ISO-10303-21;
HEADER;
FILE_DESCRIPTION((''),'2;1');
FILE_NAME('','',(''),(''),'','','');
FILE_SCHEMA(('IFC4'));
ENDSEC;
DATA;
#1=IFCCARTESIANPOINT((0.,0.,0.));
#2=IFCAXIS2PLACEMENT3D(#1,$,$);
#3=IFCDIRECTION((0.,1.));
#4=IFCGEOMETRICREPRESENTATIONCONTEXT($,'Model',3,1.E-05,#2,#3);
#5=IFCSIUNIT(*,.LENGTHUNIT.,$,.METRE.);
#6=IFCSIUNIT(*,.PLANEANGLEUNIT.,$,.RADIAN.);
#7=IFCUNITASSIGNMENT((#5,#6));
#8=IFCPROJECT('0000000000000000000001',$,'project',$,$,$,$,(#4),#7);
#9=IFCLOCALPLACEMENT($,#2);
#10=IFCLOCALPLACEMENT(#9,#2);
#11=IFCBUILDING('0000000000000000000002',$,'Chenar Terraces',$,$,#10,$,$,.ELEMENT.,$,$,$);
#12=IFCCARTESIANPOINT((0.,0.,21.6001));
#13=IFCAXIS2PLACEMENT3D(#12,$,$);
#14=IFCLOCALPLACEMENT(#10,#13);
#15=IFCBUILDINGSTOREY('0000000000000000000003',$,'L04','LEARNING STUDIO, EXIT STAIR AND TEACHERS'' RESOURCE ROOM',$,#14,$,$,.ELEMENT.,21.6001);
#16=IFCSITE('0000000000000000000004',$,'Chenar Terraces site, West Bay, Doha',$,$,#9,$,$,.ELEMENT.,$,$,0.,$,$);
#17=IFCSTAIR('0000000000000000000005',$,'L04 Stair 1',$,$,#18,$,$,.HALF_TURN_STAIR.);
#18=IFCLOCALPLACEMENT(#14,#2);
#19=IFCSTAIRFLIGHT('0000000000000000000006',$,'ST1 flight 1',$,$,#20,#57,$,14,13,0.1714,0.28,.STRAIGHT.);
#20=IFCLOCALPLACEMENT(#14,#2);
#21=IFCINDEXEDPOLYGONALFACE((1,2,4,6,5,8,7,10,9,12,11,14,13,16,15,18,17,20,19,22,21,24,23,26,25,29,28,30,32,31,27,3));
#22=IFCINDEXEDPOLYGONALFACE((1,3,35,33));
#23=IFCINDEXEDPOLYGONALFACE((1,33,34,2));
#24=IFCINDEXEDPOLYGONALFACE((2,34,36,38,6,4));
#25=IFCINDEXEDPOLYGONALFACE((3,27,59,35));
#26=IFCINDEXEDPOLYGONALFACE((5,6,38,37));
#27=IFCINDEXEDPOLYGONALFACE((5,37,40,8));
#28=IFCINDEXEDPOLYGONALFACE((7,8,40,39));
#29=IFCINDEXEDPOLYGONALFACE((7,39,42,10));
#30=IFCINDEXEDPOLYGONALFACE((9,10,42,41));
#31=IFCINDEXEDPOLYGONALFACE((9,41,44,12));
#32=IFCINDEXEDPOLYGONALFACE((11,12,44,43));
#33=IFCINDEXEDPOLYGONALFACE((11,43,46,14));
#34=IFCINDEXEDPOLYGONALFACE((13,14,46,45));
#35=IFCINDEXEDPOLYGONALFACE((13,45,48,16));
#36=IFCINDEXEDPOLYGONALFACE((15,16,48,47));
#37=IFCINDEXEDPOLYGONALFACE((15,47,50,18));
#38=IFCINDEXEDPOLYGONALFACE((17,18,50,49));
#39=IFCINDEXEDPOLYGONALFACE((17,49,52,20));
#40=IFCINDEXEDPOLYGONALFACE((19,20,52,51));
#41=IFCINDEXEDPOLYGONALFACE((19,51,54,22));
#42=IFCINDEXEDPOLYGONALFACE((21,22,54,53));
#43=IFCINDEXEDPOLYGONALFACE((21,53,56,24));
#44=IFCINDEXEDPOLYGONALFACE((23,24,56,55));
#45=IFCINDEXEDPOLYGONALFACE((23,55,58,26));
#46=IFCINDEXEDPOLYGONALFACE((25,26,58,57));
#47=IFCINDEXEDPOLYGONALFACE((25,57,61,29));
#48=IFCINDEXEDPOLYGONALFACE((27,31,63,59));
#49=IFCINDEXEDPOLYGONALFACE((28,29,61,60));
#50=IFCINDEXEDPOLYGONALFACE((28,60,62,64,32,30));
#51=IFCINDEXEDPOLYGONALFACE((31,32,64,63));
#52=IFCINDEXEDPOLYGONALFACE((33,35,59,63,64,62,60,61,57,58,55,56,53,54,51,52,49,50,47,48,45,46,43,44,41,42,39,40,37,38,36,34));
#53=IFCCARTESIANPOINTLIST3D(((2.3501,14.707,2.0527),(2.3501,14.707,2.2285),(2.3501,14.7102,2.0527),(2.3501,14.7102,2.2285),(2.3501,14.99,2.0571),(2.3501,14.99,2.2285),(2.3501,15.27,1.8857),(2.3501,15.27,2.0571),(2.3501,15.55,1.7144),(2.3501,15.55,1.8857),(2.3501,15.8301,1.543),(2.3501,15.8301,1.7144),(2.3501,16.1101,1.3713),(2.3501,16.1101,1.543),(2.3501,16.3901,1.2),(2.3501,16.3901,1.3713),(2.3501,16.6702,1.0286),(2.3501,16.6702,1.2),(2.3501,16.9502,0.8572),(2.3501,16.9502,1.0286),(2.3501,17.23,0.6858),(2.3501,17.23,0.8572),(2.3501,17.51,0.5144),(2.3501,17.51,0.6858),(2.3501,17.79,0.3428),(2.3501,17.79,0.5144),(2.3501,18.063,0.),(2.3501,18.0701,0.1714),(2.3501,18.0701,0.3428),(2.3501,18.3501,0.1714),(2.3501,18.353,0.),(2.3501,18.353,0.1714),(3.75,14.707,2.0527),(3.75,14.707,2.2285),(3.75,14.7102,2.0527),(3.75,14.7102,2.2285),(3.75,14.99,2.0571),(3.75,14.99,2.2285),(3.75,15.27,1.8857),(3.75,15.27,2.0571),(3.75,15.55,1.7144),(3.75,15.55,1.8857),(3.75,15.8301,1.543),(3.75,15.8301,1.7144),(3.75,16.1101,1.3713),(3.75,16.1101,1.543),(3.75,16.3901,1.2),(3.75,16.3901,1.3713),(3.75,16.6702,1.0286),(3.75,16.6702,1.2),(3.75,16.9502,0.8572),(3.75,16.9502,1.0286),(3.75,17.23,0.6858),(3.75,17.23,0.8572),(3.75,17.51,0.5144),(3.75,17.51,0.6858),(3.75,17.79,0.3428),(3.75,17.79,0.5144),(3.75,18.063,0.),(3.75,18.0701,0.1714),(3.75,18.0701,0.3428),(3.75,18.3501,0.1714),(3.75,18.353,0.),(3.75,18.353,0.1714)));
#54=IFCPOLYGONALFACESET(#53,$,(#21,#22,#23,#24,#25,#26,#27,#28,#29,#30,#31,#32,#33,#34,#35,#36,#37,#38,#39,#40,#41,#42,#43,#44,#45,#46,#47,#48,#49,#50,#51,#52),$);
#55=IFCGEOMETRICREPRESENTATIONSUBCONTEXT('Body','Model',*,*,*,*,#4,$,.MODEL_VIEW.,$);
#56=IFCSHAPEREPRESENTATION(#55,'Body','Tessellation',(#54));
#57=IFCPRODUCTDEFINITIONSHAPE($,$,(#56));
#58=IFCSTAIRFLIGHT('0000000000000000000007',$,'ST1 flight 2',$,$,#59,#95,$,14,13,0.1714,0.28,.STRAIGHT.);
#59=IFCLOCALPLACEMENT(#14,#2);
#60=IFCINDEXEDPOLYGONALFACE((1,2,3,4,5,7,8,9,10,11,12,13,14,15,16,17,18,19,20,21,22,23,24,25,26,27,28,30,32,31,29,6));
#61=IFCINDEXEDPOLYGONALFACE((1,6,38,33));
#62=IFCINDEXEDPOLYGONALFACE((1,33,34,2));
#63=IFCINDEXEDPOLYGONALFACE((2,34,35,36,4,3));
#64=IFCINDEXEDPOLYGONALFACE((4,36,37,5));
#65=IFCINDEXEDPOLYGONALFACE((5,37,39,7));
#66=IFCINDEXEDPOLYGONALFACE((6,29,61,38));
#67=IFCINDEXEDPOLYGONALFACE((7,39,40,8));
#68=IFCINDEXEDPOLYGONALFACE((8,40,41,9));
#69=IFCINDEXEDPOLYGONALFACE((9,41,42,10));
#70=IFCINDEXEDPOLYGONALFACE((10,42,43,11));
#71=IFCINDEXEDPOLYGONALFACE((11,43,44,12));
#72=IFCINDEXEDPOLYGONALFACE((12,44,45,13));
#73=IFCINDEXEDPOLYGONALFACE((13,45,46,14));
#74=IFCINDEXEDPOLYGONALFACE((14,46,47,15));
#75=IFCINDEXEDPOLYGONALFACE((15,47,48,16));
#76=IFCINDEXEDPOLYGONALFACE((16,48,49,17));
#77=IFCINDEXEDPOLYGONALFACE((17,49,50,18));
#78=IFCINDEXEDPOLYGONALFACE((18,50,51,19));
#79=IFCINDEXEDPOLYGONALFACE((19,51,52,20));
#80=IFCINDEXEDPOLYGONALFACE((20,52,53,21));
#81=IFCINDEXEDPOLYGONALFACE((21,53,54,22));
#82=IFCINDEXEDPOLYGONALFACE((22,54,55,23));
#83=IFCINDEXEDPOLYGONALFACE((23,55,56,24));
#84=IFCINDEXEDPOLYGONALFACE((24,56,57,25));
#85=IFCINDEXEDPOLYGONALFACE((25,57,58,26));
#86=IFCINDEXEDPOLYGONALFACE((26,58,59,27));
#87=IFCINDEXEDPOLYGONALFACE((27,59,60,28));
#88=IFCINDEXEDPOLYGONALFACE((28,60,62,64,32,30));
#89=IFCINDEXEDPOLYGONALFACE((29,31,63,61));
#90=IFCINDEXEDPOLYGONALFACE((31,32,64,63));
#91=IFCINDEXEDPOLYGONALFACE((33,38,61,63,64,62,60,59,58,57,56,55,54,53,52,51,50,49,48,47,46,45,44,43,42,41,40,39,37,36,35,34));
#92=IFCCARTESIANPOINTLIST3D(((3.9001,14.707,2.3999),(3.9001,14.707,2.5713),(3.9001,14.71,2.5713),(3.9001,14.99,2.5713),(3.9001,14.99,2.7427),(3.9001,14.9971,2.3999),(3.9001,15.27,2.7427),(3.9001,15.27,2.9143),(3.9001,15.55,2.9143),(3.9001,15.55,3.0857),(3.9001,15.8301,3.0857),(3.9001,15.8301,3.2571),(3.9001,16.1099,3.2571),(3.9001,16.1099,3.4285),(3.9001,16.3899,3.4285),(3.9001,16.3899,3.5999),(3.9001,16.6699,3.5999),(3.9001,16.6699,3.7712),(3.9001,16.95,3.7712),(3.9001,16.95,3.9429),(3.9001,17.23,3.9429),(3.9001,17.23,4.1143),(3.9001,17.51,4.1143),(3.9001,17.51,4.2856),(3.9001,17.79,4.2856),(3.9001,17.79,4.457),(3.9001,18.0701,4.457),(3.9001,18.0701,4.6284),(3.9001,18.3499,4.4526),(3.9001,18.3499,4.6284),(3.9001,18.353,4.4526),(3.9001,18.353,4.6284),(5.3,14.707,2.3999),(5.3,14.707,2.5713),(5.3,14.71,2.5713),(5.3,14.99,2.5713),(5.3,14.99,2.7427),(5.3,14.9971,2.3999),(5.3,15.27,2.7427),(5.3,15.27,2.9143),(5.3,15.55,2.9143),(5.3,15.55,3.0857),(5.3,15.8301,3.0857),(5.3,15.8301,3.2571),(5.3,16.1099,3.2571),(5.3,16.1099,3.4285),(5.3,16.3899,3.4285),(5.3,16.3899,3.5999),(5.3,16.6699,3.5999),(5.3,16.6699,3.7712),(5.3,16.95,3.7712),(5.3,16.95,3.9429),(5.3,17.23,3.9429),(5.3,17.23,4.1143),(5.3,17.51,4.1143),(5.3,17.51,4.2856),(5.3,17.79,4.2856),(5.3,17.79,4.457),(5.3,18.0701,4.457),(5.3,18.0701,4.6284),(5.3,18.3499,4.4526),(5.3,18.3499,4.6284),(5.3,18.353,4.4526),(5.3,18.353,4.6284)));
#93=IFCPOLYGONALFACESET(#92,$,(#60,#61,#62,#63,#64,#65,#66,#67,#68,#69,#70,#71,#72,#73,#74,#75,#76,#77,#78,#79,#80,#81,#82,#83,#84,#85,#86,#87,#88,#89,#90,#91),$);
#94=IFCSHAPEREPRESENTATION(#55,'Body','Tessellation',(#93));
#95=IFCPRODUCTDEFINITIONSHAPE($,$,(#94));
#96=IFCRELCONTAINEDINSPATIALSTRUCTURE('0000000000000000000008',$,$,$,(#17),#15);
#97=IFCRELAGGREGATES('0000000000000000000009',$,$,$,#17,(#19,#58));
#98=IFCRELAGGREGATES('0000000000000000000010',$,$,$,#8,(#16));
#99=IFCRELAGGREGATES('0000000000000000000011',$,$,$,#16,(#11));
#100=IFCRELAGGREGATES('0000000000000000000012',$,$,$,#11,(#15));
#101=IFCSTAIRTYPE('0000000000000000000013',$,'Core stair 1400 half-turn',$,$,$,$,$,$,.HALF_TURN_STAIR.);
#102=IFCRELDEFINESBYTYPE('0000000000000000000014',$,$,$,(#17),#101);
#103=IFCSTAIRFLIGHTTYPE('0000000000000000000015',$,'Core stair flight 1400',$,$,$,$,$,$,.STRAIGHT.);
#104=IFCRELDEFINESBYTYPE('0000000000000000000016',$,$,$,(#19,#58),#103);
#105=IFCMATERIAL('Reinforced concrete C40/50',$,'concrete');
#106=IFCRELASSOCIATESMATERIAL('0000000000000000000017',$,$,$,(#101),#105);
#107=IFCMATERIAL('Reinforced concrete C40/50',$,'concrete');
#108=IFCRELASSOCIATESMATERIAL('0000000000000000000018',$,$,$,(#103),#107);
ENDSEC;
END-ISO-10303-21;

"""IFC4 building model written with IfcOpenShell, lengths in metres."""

from ifc_helpers import new_model, si_unit, direction, frame, origin, place, context, subcontext, project, spatial, polyline, outline, extrude, material, type_object, element, aggregate, save


model = new_model("IFC4")

# Units and contexts
model_context = context("Model", 3, precision=1e-05, world=origin(), true_north=direction((0.0, 1.0)))
body_context = subcontext(model_context, "Body", "Model", "MODEL_VIEW")
ifc_project = project(units=[si_unit("LENGTHUNIT", "METRE"), si_unit("PLANEANGLEUNIT", "RADIAN")], contexts=[model_context])

# Site, building, storey
site_placement = place(None, origin())
site = spatial("IfcSite", under=ifc_project, at=site_placement, Name="Chenar Terraces site, West Bay, Doha", CompositionType="ELEMENT", RefElevation=0.0)
building_placement = place(site_placement, origin())
building = spatial("IfcBuilding", under=site, at=building_placement, Name="Chenar Terraces", CompositionType="ELEMENT")
storey_placement = place(building_placement, frame((0.0, 0.0, 21.6001)))
storey = spatial("IfcBuildingStorey", under=building, at=storey_placement, Name="L04", Description="LEARNING STUDIO, EXIT STAIR AND TEACHERS' RESOURCE ROOM", CompositionType="ELEMENT", Elevation=21.6001)

# Stair, stair flights
ifc_material_1 = material(Name="Reinforced concrete C40/50", Category="concrete")
stair_type = type_object("IfcStairType", Name="Core stair 1400 half-turn", PredefinedType="HALF_TURN_STAIR", material=ifc_material_1)
stair_placement = place(storey_placement, origin())
stair = element("IfcStair", 1, at=stair_placement, inside=storey, type_object=stair_type, Name="L04 Stair 1", PredefinedType="HALF_TURN_STAIR")
ifc_material_2 = material(Name="Reinforced concrete C40/50", Category="concrete")
stair_flight_type = type_object("IfcStairFlightType", Name="Core stair flight 1400", PredefinedType="STRAIGHT", material=ifc_material_2)
stair_flight_1_placement = place(storey_placement, frame((3.05, 18.3501, 0.0), z_axis=(0.0, 0.0, 1.0), x_axis=(0.0, -1.0, 0.0)))
stair_flight_1 = element("IfcStairFlight", 2, at=stair_flight_1_placement, type_object=stair_flight_type, Name="ST1 flight 1", NumberOfRisers=14, NumberOfTreads=13, PredefinedType="STRAIGHT", RiserHeight=0.1714, TreadLength=0.28, context=body_context, shape_type="SweptSolid", body=[
    extrude(outline(polyline([(-0.0029, 0.0), (-0.0029, 0.1714), (0.0, 0.1714), (0.28, 0.1714), (0.28, 0.3428), (0.5601, 0.3428), (0.5601, 0.5144), (0.8401, 0.5144), (0.8401, 0.6858), (1.1201, 0.6858), (1.1201, 0.8572), (1.3999, 0.8572), (1.3999, 1.0286), (1.6799, 1.0286), (1.6799, 1.2), (1.96, 1.2), (1.96, 1.3713), (2.24, 1.3713), (2.24, 1.543), (2.52, 1.543), (2.52, 1.7144), (2.8, 1.7144), (2.8, 1.8857), (3.0801, 1.8857), (3.0801, 2.0571), (3.3601, 2.0571), (3.3601, 2.2285), (3.6399, 2.2285), (3.6431, 2.2285), (3.6431, 2.0527), (3.6399, 2.0527), (0.2871, 0.0), (-0.0029, 0.0)])), frame((0.0, 0.7, 0.0), z_axis=(0.0, -1.0, 0.0), x_axis=(1.0, 0.0, 0.0)), (0.0, 0.0, 1.0), 1.3999),
])
stair_flight_2_placement = place(storey_placement, frame((4.6001, 14.71, 2.3999), z_axis=(0.0, 0.0, 1.0), x_axis=(0.0, 1.0, 0.0)))
stair_flight_2 = element("IfcStairFlight", 3, at=stair_flight_2_placement, type_object=stair_flight_type, Name="ST1 flight 2", NumberOfRisers=14, NumberOfTreads=13, PredefinedType="STRAIGHT", RiserHeight=0.1714, TreadLength=0.28, context=body_context, shape_type="SweptSolid", body=[
    extrude(outline(polyline([(-0.0029, 0.0), (-0.0029, 0.1714), (0.0, 0.1714), (0.28, 0.1714), (0.28, 0.3428), (0.5601, 0.3428), (0.5601, 0.5144), (0.8401, 0.5144), (0.8401, 0.6858), (1.1201, 0.6858), (1.1201, 0.8572), (1.3999, 0.8572), (1.3999, 1.0286), (1.6799, 1.0286), (1.6799, 1.2), (1.96, 1.2), (1.96, 1.3713), (2.24, 1.3713), (2.24, 1.543), (2.52, 1.543), (2.52, 1.7144), (2.8, 1.7144), (2.8, 1.8857), (3.0801, 1.8857), (3.0801, 2.0571), (3.3601, 2.0571), (3.3601, 2.2285), (3.6399, 2.2285), (3.6431, 2.2285), (3.6431, 2.0527), (3.6399, 2.0527), (0.2871, 0.0), (-0.0029, 0.0)])), frame((0.0, 0.7, 0.0), z_axis=(0.0, -1.0, 0.0), x_axis=(1.0, 0.0, 0.0)), (0.0, 0.0, 1.0), 1.3999),
])
aggregate(stair, [stair_flight_1, stair_flight_2])

save(model, "model.ifc")
